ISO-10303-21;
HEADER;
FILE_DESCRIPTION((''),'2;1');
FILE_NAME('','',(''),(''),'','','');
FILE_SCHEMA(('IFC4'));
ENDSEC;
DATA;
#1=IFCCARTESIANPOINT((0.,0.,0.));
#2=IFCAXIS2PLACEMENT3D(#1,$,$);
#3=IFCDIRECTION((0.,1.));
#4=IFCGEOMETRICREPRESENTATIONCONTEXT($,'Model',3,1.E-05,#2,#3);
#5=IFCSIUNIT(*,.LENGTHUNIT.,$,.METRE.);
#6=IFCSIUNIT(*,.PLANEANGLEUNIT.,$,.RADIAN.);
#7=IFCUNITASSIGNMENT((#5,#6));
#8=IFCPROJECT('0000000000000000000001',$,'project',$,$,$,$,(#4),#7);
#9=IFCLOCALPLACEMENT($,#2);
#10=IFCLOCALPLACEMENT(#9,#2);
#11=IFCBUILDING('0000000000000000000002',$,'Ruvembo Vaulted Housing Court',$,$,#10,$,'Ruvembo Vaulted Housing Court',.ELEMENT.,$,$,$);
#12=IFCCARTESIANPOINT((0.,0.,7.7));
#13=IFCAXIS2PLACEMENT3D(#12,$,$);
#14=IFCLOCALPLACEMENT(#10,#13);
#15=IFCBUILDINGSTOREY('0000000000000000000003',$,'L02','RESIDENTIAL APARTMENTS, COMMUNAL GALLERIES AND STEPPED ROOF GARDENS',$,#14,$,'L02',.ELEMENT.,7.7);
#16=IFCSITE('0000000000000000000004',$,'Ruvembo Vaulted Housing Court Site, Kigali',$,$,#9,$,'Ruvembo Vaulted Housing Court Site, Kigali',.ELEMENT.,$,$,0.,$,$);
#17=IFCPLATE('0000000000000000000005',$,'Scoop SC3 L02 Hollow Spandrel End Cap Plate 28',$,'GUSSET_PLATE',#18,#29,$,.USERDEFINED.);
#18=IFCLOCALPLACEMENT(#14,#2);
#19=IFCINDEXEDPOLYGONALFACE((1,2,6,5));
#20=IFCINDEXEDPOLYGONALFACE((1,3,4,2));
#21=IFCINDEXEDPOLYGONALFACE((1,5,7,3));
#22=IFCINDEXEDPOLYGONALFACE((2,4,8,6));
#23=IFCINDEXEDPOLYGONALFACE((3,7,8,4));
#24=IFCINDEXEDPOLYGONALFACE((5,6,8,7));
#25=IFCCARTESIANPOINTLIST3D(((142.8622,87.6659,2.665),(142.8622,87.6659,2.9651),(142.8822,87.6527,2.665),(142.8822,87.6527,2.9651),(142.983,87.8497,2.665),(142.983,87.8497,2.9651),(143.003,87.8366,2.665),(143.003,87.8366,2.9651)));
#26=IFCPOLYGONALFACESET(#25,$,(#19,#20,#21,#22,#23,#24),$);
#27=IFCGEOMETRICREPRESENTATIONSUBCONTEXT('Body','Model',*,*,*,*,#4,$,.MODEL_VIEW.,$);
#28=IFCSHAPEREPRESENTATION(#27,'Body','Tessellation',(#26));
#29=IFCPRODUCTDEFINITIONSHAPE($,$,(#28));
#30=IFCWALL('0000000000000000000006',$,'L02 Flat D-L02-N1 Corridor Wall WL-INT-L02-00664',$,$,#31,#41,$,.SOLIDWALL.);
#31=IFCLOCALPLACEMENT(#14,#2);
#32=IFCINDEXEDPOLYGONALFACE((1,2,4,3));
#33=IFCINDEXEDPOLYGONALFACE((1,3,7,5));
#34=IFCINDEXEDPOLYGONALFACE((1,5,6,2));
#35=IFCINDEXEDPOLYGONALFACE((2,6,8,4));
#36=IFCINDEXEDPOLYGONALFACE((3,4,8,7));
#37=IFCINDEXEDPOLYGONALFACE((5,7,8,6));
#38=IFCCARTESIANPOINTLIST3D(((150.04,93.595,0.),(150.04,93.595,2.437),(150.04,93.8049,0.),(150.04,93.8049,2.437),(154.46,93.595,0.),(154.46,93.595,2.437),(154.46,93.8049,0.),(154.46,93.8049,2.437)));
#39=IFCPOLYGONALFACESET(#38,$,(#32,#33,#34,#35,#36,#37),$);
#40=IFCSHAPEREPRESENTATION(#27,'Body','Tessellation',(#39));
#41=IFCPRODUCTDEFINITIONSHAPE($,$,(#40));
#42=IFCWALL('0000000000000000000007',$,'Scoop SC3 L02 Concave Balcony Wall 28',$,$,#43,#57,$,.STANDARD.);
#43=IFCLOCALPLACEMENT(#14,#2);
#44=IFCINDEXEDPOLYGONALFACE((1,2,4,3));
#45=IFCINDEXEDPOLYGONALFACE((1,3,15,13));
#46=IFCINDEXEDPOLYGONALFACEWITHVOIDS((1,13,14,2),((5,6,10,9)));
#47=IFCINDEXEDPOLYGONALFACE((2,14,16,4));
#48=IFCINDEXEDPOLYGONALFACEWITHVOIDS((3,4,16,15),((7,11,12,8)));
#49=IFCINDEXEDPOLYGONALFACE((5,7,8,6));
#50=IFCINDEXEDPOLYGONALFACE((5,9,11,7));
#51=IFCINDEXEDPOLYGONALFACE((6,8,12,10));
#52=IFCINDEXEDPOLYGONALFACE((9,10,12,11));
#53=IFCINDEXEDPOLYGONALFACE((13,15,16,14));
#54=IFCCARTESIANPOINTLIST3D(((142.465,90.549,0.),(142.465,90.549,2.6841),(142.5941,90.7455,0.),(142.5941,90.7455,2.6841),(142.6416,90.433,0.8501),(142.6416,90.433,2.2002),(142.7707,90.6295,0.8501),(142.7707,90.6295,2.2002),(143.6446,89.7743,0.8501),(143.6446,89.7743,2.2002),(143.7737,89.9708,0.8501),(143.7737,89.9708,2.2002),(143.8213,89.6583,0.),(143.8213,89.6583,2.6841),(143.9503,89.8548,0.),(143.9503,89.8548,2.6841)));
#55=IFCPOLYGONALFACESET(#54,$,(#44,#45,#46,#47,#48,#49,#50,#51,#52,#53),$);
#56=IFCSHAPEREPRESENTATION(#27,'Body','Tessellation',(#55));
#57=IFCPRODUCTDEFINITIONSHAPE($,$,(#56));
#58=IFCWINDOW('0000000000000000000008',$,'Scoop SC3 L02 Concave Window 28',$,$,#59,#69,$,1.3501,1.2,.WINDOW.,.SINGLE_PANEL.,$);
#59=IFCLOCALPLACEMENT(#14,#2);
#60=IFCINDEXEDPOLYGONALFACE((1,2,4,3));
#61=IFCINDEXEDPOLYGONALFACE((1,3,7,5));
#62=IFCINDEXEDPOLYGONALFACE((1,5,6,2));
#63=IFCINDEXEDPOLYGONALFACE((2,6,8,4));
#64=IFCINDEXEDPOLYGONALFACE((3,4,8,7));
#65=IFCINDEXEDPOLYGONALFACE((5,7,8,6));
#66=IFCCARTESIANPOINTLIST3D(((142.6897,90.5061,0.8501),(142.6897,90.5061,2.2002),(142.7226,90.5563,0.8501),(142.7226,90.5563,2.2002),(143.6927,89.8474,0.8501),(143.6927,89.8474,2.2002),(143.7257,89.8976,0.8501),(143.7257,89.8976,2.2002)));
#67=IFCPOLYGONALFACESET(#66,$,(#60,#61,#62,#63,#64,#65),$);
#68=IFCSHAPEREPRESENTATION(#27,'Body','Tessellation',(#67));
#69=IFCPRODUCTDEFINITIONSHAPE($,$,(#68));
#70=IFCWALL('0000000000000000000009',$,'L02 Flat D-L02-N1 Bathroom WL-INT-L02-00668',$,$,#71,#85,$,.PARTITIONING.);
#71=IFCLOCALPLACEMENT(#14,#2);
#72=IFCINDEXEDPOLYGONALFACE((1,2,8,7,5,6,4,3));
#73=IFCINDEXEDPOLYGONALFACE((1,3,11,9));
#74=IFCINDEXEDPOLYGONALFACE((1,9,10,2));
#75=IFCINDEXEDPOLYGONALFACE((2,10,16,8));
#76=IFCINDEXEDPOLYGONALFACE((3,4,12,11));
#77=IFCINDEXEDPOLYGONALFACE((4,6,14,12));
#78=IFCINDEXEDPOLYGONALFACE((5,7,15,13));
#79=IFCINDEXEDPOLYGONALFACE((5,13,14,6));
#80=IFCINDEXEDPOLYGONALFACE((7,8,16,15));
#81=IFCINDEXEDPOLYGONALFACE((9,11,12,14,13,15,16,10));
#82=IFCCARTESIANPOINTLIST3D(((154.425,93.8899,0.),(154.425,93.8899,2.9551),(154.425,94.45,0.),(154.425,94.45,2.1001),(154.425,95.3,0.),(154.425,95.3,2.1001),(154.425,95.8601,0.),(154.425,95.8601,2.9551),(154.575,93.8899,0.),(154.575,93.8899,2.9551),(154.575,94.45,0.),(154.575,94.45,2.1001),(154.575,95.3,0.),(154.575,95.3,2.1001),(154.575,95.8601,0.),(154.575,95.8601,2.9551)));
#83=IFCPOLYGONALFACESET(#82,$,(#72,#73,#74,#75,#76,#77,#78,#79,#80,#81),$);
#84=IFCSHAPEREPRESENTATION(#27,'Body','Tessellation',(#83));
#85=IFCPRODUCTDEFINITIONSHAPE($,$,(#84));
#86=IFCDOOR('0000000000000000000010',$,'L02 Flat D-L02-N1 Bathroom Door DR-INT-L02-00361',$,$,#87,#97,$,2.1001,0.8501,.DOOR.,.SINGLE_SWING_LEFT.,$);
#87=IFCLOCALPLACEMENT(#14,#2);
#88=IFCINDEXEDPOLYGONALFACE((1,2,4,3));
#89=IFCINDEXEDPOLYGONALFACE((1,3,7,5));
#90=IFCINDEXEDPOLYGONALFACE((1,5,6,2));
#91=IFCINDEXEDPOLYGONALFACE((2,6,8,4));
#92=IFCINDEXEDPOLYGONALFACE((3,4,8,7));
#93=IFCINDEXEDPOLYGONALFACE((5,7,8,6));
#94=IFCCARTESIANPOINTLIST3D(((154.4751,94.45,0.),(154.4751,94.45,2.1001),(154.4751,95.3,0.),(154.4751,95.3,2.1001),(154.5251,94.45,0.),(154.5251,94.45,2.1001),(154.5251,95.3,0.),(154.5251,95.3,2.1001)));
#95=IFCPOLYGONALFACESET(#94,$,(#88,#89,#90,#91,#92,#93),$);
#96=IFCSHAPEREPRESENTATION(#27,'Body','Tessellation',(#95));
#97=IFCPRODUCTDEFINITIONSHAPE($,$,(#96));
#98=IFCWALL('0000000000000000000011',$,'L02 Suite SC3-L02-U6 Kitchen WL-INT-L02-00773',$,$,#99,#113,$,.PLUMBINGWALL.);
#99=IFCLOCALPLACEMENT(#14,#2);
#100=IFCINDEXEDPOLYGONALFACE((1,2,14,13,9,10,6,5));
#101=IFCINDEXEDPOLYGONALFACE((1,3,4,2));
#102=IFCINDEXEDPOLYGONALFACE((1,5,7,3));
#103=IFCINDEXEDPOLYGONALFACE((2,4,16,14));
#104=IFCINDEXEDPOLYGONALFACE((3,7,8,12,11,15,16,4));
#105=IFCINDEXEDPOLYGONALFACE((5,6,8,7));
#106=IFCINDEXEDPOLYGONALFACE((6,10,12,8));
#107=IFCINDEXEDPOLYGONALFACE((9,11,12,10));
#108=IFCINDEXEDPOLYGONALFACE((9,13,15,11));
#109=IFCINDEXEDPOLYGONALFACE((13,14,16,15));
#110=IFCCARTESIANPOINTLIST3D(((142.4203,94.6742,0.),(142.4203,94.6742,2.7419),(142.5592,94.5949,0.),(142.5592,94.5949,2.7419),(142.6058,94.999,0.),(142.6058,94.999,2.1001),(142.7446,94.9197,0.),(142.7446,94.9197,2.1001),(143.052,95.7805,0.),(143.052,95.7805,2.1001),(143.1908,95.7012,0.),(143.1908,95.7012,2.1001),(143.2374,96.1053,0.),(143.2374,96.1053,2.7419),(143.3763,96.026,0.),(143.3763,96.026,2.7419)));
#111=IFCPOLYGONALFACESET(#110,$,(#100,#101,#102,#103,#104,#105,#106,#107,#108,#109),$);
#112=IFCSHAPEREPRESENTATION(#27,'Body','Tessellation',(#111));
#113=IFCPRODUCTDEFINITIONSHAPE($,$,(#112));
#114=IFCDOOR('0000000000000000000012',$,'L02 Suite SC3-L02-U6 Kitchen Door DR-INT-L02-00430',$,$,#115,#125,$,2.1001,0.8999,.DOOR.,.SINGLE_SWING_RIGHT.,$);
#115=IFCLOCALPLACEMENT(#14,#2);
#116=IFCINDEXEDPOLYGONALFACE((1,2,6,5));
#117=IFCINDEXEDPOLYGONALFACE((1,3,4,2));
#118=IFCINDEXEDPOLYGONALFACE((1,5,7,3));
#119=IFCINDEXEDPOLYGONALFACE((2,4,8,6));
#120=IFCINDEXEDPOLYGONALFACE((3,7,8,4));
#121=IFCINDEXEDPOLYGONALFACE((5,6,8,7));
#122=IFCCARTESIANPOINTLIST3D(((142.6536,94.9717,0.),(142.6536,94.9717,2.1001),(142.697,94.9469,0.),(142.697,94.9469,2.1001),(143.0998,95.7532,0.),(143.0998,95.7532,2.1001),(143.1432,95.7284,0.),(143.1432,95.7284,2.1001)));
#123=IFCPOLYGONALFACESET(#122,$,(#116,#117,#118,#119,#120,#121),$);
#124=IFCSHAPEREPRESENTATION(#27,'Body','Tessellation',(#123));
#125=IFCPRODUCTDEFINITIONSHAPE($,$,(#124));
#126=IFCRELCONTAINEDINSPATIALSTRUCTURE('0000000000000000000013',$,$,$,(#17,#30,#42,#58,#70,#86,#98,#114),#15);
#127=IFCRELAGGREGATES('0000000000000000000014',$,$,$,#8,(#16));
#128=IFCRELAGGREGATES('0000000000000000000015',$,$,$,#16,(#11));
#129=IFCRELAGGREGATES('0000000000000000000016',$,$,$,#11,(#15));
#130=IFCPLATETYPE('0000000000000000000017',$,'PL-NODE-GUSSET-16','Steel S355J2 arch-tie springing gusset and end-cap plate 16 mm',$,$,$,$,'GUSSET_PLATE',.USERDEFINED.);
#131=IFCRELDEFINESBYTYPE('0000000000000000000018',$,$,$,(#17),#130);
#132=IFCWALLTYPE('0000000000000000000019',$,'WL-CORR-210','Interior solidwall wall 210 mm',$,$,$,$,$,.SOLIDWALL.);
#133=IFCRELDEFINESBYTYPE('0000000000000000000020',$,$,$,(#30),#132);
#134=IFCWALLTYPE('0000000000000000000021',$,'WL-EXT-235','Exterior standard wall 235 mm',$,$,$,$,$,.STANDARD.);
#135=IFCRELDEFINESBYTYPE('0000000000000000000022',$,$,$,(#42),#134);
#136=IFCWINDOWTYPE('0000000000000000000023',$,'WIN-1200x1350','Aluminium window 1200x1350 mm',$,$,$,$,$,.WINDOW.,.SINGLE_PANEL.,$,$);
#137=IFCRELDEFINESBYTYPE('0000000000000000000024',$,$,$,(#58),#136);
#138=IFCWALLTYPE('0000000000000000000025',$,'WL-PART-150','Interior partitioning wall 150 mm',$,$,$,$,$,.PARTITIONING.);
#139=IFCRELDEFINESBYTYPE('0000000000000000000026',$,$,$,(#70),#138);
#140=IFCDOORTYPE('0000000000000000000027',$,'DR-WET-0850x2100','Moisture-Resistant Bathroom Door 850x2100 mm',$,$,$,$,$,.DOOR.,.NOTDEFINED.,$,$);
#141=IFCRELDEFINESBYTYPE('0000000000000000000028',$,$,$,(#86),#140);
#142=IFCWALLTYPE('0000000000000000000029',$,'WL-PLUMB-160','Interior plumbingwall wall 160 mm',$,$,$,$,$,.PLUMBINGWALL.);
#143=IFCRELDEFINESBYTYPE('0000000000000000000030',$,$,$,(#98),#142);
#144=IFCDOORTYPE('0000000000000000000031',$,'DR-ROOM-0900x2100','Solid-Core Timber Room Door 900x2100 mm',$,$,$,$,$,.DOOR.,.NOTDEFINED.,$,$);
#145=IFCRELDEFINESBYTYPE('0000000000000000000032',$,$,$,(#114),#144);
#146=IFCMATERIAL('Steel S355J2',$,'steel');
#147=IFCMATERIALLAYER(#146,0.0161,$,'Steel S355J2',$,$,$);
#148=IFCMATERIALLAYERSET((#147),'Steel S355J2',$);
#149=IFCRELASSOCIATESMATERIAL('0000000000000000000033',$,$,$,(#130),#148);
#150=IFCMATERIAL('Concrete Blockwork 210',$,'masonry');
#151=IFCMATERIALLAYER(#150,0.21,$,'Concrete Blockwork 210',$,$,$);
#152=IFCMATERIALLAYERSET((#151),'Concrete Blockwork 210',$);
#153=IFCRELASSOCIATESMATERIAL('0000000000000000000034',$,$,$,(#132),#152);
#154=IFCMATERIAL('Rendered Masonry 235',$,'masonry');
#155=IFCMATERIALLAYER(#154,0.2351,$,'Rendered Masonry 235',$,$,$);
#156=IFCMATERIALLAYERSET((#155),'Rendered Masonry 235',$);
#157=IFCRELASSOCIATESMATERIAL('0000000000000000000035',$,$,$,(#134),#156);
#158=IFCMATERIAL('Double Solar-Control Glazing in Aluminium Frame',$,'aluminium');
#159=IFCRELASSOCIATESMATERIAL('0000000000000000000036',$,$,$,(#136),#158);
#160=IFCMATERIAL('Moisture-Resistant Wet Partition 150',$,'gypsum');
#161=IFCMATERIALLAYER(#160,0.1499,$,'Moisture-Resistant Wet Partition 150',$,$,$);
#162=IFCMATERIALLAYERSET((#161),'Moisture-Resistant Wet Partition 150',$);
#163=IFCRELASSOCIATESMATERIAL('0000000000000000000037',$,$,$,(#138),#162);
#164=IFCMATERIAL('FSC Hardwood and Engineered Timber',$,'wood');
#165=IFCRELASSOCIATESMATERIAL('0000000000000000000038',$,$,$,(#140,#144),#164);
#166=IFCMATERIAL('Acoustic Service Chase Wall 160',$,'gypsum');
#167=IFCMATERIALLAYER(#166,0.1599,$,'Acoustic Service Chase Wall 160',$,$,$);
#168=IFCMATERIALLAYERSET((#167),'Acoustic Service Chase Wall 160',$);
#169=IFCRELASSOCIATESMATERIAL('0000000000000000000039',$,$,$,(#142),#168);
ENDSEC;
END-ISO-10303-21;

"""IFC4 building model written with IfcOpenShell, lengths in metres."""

from ifc_helpers import new_model, si_unit, direction, frame, frame_2d, origin, origin_2d, place, context, subcontext, project, spatial, rectangle, extrude, material, layer, layer_set, type_object, element, fill, save


model = new_model("IFC4")

# Units and contexts
model_context = context("Model", 3, precision=1e-05, world=origin(), true_north=direction((0.0, 1.0)))
body_context = subcontext(model_context, "Body", "Model", "MODEL_VIEW")
ifc_project = project(units=[si_unit("LENGTHUNIT", "METRE"), si_unit("PLANEANGLEUNIT", "RADIAN")], contexts=[model_context])

# Site, building, storey
site_placement = place(None, origin())
site = spatial("IfcSite", under=ifc_project, at=site_placement, Name="Ruvembo Vaulted Housing Court Site, Kigali", LongName="Ruvembo Vaulted Housing Court Site, Kigali", CompositionType="ELEMENT", RefElevation=0.0)
building_placement = place(site_placement, origin())
building = spatial("IfcBuilding", under=site, at=building_placement, Name="Ruvembo Vaulted Housing Court", LongName="Ruvembo Vaulted Housing Court", CompositionType="ELEMENT")
storey_placement = place(building_placement, frame((0.0, 0.0, 7.7)))
storey = spatial("IfcBuildingStorey", under=building, at=storey_placement, Name="L02", Description="RESIDENTIAL APARTMENTS, COMMUNAL GALLERIES AND STEPPED ROOF GARDENS", LongName="L02", CompositionType="ELEMENT", Elevation=7.7)

# Shared definitions
ifc_material_1 = material(Name="Steel S355J2", Category="steel")

# Plate
ifc_layer_1 = layer(ifc_material_1, 0.0161, Name="Steel S355J2")
ifc_layer_set_1 = layer_set([ifc_layer_1], Name="Steel S355J2")
plate_type = type_object("IfcPlateType", Name="PL-NODE-GUSSET-16", Description="Steel S355J2 arch-tie springing gusset and end-cap plate 16 mm", ElementType="GUSSET_PLATE", PredefinedType="USERDEFINED", material=ifc_layer_set_1)
plate_placement = place(storey_placement, frame((142.9326, 87.7512, 2.665), z_axis=(0.0, 0.0, 1.0), x_axis=(0.835846, -0.548964, 0.0)))
element("IfcPlate", 1, at=plate_placement, inside=storey, type_object=plate_type, Name="Scoop SC3 L02 Hollow Spandrel End Cap Plate 28", ObjectType="GUSSET_PLATE", PredefinedType="USERDEFINED", context=body_context, shape_type="SweptSolid", body=[
    extrude(rectangle(XDim=0.0239, YDim=0.22, at=origin_2d()), origin(), (0.0, 0.0, 1.0), 0.3),
])

# Wall
ifc_material_2 = material(Name="Concrete Blockwork 210", Category="masonry")
ifc_layer_2 = layer(ifc_material_2, 0.21, Name="Concrete Blockwork 210")
ifc_layer_set_2 = layer_set([ifc_layer_2], Name="Concrete Blockwork 210")
wall_type_1 = type_object("IfcWallType", Name="WL-CORR-210", Description="Interior solidwall wall 210 mm", PredefinedType="SOLIDWALL", material=ifc_layer_set_2)
wall_1_placement = place(storey_placement, frame((150.04, 93.7, 0.0), z_axis=(0.0, 0.0, 1.0), x_axis=(1.0, 0.0, 0.0)))
element("IfcWall", 2, at=wall_1_placement, inside=storey, type_object=wall_type_1, Name="L02 Flat D-L02-N1 Corridor Wall WL-INT-L02-00664", PredefinedType="SOLIDWALL", context=body_context, shape_type="SweptSolid", body=[
    extrude(rectangle(XDim=4.4199, YDim=0.21, at=frame_2d((2.21, 0.0))), origin(), (0.0, 0.0, 1.0), 2.437),
])

# Wall, opening, window
ifc_material_3 = material(Name="Rendered Masonry 235", Category="masonry")
ifc_layer_3 = layer(ifc_material_3, 0.2351, Name="Rendered Masonry 235")
ifc_layer_set_3 = layer_set([ifc_layer_3], Name="Rendered Masonry 235")
wall_type_2 = type_object("IfcWallType", Name="WL-EXT-235", Description="Exterior standard wall 235 mm", PredefinedType="STANDARD", material=ifc_layer_set_3)
wall_2_placement = place(storey_placement, frame((142.5295, 90.6472, 0.0), z_axis=(0.0, 0.0, 1.0), x_axis=(0.835873, -0.548923, 0.0)))
wall_2 = element("IfcWall", 3, at=wall_2_placement, inside=storey, type_object=wall_type_2, Name="Scoop SC3 L02 Concave Balcony Wall 28", PredefinedType="STANDARD", context=body_context, shape_type="SweptSolid", body=[
    extrude(rectangle(XDim=1.6226, YDim=0.2351, at=frame_2d((0.8113, 0.0))), origin(), (0.0, 0.0, 1.0), 2.6841),
])
opening_1_placement = place(wall_2_placement, frame((0.2112, 0.0, 0.8501)))
opening_1 = element("IfcOpeningElement", 4, at=opening_1_placement, cuts=wall_2, PredefinedType="OPENING", context=body_context, shape_type="SweptSolid", body=[
    extrude(rectangle(XDim=1.2, YDim=1.3501, at=frame_2d((0.6001, 0.675))), frame((0.0, 0.1274, 0.0), z_axis=(0.0, -1.0, 0.0), x_axis=(1.0, 0.0, 0.0)), (0.0, 0.0, 1.0), 0.2551),
])
ifc_material_4 = material(Name="Double Solar-Control Glazing in Aluminium Frame", Category="aluminium")
window_type_1 = type_object("IfcWindowType", Name="WIN-1200x1350", Description="Aluminium window 1200x1350 mm", PartitioningType="SINGLE_PANEL", PredefinedType="WINDOW", material=ifc_material_4)
window_1_placement = place(opening_1_placement, origin())
window_1 = element("IfcWindow", 5, at=window_1_placement, inside=storey, type_object=window_type_1, Name="Scoop SC3 L02 Concave Window 28", OverallHeight=1.3501, OverallWidth=1.2, PartitioningType="SINGLE_PANEL", PredefinedType="WINDOW", context=body_context, shape_type="SweptSolid", body=[
    extrude(rectangle(XDim=1.2, YDim=1.3501, at=frame_2d((0.6001, 0.675))), frame((0.0, 0.03, 0.0), z_axis=(0.0, -1.0, 0.0), x_axis=(1.0, 0.0, 0.0)), (0.0, 0.0, 1.0), 0.0601),
])
fill(opening_1, window_1)

# Walls, openings, doors
ifc_material_5 = material(Name="Moisture-Resistant Wet Partition 150", Category="gypsum")
ifc_layer_4 = layer(ifc_material_5, 0.1499, Name="Moisture-Resistant Wet Partition 150")
ifc_layer_set_4 = layer_set([ifc_layer_4], Name="Moisture-Resistant Wet Partition 150")
wall_type_3 = type_object("IfcWallType", Name="WL-PART-150", Description="Interior partitioning wall 150 mm", PredefinedType="PARTITIONING", material=ifc_layer_set_4)
wall_3_placement = place(storey_placement, frame((154.5, 93.8899, 0.0), z_axis=(0.0, 0.0, 1.0), x_axis=(0.0, 1.0, 0.0)))
wall_3 = element("IfcWall", 6, at=wall_3_placement, inside=storey, type_object=wall_type_3, Name="L02 Flat D-L02-N1 Bathroom WL-INT-L02-00668", PredefinedType="PARTITIONING", context=body_context, shape_type="SweptSolid", body=[
    extrude(rectangle(XDim=1.9702, YDim=0.1499, at=frame_2d((0.9851, 0.0))), origin(), (0.0, 0.0, 1.0), 2.9551),
])
opening_2_placement = place(wall_3_placement, frame((0.5601, 0.0, 0.0)))
opening_2 = element("IfcOpeningElement", 7, at=opening_2_placement, cuts=wall_3, PredefinedType="OPENING", context=body_context, shape_type="SweptSolid", body=[
    extrude(rectangle(XDim=0.8501, YDim=2.1001, at=frame_2d((0.425, 1.05))), frame((0.0, 0.085, 0.0), z_axis=(0.0, -1.0, 0.0), x_axis=(1.0, 0.0, 0.0)), (0.0, 0.0, 1.0), 0.1699),
])
ifc_material_6 = material(Name="FSC Hardwood and Engineered Timber", Category="wood")
door_type_1 = type_object("IfcDoorType", Name="DR-WET-0850x2100", Description="Moisture-Resistant Bathroom Door 850x2100 mm", OperationType="NOTDEFINED", PredefinedType="DOOR", material=ifc_material_6)
door_1_placement = place(opening_2_placement, origin())
door_1 = element("IfcDoor", 8, at=door_1_placement, inside=storey, type_object=door_type_1, Name="L02 Flat D-L02-N1 Bathroom Door DR-INT-L02-00361", OperationType="SINGLE_SWING_LEFT", OverallHeight=2.1001, OverallWidth=0.8501, PredefinedType="DOOR", context=body_context, shape_type="SweptSolid", body=[
    extrude(rectangle(XDim=0.8501, YDim=2.1001, at=frame_2d((0.425, 1.05))), frame((0.0, 0.0249, 0.0), z_axis=(0.0, -1.0, 0.0), x_axis=(1.0, 0.0, 0.0)), (0.0, 0.0, 1.0), 0.05),
])
fill(opening_2, door_1)
ifc_material_7 = material(Name="Acoustic Service Chase Wall 160", Category="gypsum")
ifc_layer_5 = layer(ifc_material_7, 0.1599, Name="Acoustic Service Chase Wall 160")
ifc_layer_set_5 = layer_set([ifc_layer_5], Name="Acoustic Service Chase Wall 160")
wall_type_4 = type_object("IfcWallType", Name="WL-PLUMB-160", Description="Interior plumbingwall wall 160 mm", PredefinedType="PLUMBINGWALL", material=ifc_layer_set_5)
wall_4_placement = place(storey_placement, frame((142.4897, 94.6345, 0.0), z_axis=(0.0, 0.0, 1.0), x_axis=(0.495836, 0.868416, 0.0)))
wall_4 = element("IfcWall", 9, at=wall_4_placement, inside=storey, type_object=wall_type_4, Name="L02 Suite SC3-L02-U6 Kitchen WL-INT-L02-00773", PredefinedType="PLUMBINGWALL", context=body_context, shape_type="SweptSolid", body=[
    extrude(rectangle(XDim=1.6479, YDim=0.1599, at=frame_2d((0.824, 0.0))), origin(), (0.0, 0.0, 1.0), 2.7419),
])
opening_3_placement = place(wall_4_placement, frame((0.374, 0.0, 0.0)))
opening_3 = element("IfcOpeningElement", 10, at=opening_3_placement, cuts=wall_4, PredefinedType="OPENING", context=body_context, shape_type="SweptSolid", body=[
    extrude(rectangle(XDim=0.8999, YDim=2.1001, at=frame_2d((0.45, 1.05))), frame((0.0, 0.0898, 0.0), z_axis=(0.0, -1.0, 0.0), x_axis=(1.0, 0.0, 0.0)), (0.0, 0.0, 1.0), 0.1799),
])
door_type_2 = type_object("IfcDoorType", Name="DR-ROOM-0900x2100", Description="Solid-Core Timber Room Door 900x2100 mm", OperationType="NOTDEFINED", PredefinedType="DOOR", material=ifc_material_6)
door_2_placement = place(opening_3_placement, origin())
door_2 = element("IfcDoor", 11, at=door_2_placement, inside=storey, type_object=door_type_2, Name="L02 Suite SC3-L02-U6 Kitchen Door DR-INT-L02-00430", OperationType="SINGLE_SWING_RIGHT", OverallHeight=2.1001, OverallWidth=0.8999, PredefinedType="DOOR", context=body_context, shape_type="SweptSolid", body=[
    extrude(rectangle(XDim=0.8999, YDim=2.1001, at=frame_2d((0.45, 1.05))), frame((0.0, 0.0249, 0.0), z_axis=(0.0, -1.0, 0.0), x_axis=(1.0, 0.0, 0.0)), (0.0, 0.0, 1.0), 0.05),
])
fill(opening_3, door_2)

save(model, "model.ifc")
